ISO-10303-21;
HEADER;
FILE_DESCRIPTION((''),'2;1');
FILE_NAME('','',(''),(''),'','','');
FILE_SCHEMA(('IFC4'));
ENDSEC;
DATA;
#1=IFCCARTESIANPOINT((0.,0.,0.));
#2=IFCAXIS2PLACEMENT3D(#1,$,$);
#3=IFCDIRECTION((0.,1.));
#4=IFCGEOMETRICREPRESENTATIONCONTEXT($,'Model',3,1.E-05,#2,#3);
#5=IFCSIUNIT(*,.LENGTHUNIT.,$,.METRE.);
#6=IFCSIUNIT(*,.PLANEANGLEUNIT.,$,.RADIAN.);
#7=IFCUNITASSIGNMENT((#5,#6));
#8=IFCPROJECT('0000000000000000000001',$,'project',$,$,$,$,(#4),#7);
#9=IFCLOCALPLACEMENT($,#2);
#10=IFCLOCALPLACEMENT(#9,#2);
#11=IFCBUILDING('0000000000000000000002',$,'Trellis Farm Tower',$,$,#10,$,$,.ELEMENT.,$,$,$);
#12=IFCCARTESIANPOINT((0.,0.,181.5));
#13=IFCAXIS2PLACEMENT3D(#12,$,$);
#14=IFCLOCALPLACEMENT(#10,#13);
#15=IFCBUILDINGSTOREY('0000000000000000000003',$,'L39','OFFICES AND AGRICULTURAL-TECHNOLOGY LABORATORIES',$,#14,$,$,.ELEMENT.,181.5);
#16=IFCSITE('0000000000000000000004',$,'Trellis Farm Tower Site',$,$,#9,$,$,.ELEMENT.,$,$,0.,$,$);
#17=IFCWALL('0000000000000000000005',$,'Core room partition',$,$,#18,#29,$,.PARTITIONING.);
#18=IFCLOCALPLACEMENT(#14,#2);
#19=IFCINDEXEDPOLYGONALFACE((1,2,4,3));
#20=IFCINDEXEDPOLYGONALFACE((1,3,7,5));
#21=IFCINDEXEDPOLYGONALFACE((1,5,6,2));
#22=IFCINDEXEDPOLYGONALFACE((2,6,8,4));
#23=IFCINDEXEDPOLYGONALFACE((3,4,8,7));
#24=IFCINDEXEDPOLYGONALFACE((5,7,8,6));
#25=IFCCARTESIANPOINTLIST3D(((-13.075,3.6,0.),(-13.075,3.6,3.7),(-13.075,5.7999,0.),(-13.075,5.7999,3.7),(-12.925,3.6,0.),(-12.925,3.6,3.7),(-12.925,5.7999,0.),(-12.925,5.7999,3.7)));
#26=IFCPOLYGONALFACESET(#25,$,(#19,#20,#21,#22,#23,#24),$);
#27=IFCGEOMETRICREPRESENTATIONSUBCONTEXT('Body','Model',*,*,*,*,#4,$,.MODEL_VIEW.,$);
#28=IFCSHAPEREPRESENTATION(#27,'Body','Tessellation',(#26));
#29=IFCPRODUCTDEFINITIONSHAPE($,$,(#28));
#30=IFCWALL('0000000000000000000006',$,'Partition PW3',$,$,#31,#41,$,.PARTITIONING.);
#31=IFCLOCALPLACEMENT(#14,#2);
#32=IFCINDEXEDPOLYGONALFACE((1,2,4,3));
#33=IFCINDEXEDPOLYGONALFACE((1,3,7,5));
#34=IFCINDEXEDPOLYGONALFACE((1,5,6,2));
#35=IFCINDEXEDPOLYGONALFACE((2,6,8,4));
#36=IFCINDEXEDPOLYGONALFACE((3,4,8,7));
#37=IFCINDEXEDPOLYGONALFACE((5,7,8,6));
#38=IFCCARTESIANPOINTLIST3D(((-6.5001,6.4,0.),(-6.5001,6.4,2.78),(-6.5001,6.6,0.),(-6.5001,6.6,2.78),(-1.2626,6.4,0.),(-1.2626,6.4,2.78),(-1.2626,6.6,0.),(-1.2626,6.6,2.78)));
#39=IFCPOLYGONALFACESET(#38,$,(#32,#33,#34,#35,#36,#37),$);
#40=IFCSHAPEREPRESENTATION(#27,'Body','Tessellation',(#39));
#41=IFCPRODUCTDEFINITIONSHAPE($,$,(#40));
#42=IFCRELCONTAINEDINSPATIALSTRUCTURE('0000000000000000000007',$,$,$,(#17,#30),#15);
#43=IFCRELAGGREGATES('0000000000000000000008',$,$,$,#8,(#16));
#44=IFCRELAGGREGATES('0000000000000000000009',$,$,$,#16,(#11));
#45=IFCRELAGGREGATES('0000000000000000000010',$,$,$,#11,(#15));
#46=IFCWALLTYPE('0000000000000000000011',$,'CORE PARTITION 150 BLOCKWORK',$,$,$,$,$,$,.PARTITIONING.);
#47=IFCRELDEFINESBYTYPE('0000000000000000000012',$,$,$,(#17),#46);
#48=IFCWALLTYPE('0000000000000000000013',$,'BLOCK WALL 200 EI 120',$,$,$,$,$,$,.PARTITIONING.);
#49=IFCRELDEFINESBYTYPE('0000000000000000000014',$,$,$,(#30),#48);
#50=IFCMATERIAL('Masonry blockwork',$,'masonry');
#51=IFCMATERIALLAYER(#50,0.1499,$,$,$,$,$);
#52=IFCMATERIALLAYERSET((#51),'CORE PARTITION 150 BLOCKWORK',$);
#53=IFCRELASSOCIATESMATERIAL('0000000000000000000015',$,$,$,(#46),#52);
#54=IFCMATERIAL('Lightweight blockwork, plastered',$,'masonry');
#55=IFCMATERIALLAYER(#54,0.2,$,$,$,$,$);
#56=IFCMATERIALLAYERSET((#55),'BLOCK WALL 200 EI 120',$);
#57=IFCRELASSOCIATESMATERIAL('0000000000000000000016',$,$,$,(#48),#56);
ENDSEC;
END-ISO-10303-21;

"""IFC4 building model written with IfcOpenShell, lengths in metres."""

from ifc_helpers import new_model, si_unit, direction, frame, frame_2d, origin, place, context, subcontext, project, spatial, rectangle, extrude, source, transform, mapped, material, layer, layer_set, type_object, element, save


model = new_model("IFC4")

# Units and contexts
model_context = context("Model", 3, precision=1e-05, world=origin(), true_north=direction((0.0, 1.0)))
body_context = subcontext(model_context, "Body", "Model", "MODEL_VIEW")
ifc_project = project(units=[si_unit("LENGTHUNIT", "METRE"), si_unit("PLANEANGLEUNIT", "RADIAN")], contexts=[model_context])

# Site, building, storey
site_placement = place(None, origin())
site = spatial("IfcSite", under=ifc_project, at=site_placement, Name="Trellis Farm Tower Site", CompositionType="ELEMENT", RefElevation=0.0)
building_placement = place(site_placement, origin())
building = spatial("IfcBuilding", under=site, at=building_placement, Name="Trellis Farm Tower", CompositionType="ELEMENT")
storey_placement = place(building_placement, frame((0.0, 0.0, 181.5)))
storey = spatial("IfcBuildingStorey", under=building, at=storey_placement, Name="L39", Description="OFFICES AND AGRICULTURAL-TECHNOLOGY LABORATORIES", CompositionType="ELEMENT", Elevation=181.5)

# Walls
ifc_material_1 = material(Name="Masonry blockwork", Category="masonry")
ifc_layer_1 = layer(ifc_material_1, 0.1499)
ifc_layer_set_1 = layer_set([ifc_layer_1], Name="CORE PARTITION 150 BLOCKWORK")
wall_type_1 = type_object("IfcWallType", Name="CORE PARTITION 150 BLOCKWORK", PredefinedType="PARTITIONING", material=ifc_layer_set_1)
shared_shape_1 = source(origin(), body_context, "Body", "SweptSolid", [
    extrude(rectangle(XDim=2.2, YDim=0.1499, at=frame_2d((1.1001, 0.0))), origin(), (0.0, 0.0, 1.0), 3.7),
])
for number, where, z_axis, x_axis, name in (
    (1, (-13.0, 5.8, 0.0), (0.0, 0.0, 1.0), (0.0, -1.0, 0.0), "Core room partition"),
):
    element("IfcWall", number, at=place(storey_placement, frame(where, z_axis=z_axis, x_axis=x_axis)), inside=storey, type_object=wall_type_1, Name=name, PredefinedType="PARTITIONING", context=body_context, shape_type="MappedRepresentation", body=[
        mapped(shared_shape_1, transform((0.0, 0.0, 0.0))),
    ])
ifc_material_2 = material(Name="Lightweight blockwork, plastered", Category="masonry")
ifc_layer_2 = layer(ifc_material_2, 0.2)
ifc_layer_set_2 = layer_set([ifc_layer_2], Name="BLOCK WALL 200 EI 120")
wall_type_2 = type_object("IfcWallType", Name="BLOCK WALL 200 EI 120", PredefinedType="PARTITIONING", material=ifc_layer_set_2)
shared_shape_2 = source(origin(), body_context, "Body", "SweptSolid", [
    extrude(rectangle(XDim=5.2375, YDim=0.2, at=frame_2d((2.6187, 0.0))), origin(), (0.0, 0.0, 1.0), 2.78),
])
wall_1_placement = place(storey_placement, frame((-6.5, 6.5, 0.0), z_axis=(0.0, 0.0, 1.0), x_axis=(1.0, 0.0, 0.0)))
element("IfcWall", 2, at=wall_1_placement, inside=storey, type_object=wall_type_2, Name="Partition PW3", PredefinedType="PARTITIONING", context=body_context, shape_type="MappedRepresentation", body=[
    mapped(shared_shape_2, transform((0.0, 0.0, 0.0))),
])

save(model, "model.ifc")
